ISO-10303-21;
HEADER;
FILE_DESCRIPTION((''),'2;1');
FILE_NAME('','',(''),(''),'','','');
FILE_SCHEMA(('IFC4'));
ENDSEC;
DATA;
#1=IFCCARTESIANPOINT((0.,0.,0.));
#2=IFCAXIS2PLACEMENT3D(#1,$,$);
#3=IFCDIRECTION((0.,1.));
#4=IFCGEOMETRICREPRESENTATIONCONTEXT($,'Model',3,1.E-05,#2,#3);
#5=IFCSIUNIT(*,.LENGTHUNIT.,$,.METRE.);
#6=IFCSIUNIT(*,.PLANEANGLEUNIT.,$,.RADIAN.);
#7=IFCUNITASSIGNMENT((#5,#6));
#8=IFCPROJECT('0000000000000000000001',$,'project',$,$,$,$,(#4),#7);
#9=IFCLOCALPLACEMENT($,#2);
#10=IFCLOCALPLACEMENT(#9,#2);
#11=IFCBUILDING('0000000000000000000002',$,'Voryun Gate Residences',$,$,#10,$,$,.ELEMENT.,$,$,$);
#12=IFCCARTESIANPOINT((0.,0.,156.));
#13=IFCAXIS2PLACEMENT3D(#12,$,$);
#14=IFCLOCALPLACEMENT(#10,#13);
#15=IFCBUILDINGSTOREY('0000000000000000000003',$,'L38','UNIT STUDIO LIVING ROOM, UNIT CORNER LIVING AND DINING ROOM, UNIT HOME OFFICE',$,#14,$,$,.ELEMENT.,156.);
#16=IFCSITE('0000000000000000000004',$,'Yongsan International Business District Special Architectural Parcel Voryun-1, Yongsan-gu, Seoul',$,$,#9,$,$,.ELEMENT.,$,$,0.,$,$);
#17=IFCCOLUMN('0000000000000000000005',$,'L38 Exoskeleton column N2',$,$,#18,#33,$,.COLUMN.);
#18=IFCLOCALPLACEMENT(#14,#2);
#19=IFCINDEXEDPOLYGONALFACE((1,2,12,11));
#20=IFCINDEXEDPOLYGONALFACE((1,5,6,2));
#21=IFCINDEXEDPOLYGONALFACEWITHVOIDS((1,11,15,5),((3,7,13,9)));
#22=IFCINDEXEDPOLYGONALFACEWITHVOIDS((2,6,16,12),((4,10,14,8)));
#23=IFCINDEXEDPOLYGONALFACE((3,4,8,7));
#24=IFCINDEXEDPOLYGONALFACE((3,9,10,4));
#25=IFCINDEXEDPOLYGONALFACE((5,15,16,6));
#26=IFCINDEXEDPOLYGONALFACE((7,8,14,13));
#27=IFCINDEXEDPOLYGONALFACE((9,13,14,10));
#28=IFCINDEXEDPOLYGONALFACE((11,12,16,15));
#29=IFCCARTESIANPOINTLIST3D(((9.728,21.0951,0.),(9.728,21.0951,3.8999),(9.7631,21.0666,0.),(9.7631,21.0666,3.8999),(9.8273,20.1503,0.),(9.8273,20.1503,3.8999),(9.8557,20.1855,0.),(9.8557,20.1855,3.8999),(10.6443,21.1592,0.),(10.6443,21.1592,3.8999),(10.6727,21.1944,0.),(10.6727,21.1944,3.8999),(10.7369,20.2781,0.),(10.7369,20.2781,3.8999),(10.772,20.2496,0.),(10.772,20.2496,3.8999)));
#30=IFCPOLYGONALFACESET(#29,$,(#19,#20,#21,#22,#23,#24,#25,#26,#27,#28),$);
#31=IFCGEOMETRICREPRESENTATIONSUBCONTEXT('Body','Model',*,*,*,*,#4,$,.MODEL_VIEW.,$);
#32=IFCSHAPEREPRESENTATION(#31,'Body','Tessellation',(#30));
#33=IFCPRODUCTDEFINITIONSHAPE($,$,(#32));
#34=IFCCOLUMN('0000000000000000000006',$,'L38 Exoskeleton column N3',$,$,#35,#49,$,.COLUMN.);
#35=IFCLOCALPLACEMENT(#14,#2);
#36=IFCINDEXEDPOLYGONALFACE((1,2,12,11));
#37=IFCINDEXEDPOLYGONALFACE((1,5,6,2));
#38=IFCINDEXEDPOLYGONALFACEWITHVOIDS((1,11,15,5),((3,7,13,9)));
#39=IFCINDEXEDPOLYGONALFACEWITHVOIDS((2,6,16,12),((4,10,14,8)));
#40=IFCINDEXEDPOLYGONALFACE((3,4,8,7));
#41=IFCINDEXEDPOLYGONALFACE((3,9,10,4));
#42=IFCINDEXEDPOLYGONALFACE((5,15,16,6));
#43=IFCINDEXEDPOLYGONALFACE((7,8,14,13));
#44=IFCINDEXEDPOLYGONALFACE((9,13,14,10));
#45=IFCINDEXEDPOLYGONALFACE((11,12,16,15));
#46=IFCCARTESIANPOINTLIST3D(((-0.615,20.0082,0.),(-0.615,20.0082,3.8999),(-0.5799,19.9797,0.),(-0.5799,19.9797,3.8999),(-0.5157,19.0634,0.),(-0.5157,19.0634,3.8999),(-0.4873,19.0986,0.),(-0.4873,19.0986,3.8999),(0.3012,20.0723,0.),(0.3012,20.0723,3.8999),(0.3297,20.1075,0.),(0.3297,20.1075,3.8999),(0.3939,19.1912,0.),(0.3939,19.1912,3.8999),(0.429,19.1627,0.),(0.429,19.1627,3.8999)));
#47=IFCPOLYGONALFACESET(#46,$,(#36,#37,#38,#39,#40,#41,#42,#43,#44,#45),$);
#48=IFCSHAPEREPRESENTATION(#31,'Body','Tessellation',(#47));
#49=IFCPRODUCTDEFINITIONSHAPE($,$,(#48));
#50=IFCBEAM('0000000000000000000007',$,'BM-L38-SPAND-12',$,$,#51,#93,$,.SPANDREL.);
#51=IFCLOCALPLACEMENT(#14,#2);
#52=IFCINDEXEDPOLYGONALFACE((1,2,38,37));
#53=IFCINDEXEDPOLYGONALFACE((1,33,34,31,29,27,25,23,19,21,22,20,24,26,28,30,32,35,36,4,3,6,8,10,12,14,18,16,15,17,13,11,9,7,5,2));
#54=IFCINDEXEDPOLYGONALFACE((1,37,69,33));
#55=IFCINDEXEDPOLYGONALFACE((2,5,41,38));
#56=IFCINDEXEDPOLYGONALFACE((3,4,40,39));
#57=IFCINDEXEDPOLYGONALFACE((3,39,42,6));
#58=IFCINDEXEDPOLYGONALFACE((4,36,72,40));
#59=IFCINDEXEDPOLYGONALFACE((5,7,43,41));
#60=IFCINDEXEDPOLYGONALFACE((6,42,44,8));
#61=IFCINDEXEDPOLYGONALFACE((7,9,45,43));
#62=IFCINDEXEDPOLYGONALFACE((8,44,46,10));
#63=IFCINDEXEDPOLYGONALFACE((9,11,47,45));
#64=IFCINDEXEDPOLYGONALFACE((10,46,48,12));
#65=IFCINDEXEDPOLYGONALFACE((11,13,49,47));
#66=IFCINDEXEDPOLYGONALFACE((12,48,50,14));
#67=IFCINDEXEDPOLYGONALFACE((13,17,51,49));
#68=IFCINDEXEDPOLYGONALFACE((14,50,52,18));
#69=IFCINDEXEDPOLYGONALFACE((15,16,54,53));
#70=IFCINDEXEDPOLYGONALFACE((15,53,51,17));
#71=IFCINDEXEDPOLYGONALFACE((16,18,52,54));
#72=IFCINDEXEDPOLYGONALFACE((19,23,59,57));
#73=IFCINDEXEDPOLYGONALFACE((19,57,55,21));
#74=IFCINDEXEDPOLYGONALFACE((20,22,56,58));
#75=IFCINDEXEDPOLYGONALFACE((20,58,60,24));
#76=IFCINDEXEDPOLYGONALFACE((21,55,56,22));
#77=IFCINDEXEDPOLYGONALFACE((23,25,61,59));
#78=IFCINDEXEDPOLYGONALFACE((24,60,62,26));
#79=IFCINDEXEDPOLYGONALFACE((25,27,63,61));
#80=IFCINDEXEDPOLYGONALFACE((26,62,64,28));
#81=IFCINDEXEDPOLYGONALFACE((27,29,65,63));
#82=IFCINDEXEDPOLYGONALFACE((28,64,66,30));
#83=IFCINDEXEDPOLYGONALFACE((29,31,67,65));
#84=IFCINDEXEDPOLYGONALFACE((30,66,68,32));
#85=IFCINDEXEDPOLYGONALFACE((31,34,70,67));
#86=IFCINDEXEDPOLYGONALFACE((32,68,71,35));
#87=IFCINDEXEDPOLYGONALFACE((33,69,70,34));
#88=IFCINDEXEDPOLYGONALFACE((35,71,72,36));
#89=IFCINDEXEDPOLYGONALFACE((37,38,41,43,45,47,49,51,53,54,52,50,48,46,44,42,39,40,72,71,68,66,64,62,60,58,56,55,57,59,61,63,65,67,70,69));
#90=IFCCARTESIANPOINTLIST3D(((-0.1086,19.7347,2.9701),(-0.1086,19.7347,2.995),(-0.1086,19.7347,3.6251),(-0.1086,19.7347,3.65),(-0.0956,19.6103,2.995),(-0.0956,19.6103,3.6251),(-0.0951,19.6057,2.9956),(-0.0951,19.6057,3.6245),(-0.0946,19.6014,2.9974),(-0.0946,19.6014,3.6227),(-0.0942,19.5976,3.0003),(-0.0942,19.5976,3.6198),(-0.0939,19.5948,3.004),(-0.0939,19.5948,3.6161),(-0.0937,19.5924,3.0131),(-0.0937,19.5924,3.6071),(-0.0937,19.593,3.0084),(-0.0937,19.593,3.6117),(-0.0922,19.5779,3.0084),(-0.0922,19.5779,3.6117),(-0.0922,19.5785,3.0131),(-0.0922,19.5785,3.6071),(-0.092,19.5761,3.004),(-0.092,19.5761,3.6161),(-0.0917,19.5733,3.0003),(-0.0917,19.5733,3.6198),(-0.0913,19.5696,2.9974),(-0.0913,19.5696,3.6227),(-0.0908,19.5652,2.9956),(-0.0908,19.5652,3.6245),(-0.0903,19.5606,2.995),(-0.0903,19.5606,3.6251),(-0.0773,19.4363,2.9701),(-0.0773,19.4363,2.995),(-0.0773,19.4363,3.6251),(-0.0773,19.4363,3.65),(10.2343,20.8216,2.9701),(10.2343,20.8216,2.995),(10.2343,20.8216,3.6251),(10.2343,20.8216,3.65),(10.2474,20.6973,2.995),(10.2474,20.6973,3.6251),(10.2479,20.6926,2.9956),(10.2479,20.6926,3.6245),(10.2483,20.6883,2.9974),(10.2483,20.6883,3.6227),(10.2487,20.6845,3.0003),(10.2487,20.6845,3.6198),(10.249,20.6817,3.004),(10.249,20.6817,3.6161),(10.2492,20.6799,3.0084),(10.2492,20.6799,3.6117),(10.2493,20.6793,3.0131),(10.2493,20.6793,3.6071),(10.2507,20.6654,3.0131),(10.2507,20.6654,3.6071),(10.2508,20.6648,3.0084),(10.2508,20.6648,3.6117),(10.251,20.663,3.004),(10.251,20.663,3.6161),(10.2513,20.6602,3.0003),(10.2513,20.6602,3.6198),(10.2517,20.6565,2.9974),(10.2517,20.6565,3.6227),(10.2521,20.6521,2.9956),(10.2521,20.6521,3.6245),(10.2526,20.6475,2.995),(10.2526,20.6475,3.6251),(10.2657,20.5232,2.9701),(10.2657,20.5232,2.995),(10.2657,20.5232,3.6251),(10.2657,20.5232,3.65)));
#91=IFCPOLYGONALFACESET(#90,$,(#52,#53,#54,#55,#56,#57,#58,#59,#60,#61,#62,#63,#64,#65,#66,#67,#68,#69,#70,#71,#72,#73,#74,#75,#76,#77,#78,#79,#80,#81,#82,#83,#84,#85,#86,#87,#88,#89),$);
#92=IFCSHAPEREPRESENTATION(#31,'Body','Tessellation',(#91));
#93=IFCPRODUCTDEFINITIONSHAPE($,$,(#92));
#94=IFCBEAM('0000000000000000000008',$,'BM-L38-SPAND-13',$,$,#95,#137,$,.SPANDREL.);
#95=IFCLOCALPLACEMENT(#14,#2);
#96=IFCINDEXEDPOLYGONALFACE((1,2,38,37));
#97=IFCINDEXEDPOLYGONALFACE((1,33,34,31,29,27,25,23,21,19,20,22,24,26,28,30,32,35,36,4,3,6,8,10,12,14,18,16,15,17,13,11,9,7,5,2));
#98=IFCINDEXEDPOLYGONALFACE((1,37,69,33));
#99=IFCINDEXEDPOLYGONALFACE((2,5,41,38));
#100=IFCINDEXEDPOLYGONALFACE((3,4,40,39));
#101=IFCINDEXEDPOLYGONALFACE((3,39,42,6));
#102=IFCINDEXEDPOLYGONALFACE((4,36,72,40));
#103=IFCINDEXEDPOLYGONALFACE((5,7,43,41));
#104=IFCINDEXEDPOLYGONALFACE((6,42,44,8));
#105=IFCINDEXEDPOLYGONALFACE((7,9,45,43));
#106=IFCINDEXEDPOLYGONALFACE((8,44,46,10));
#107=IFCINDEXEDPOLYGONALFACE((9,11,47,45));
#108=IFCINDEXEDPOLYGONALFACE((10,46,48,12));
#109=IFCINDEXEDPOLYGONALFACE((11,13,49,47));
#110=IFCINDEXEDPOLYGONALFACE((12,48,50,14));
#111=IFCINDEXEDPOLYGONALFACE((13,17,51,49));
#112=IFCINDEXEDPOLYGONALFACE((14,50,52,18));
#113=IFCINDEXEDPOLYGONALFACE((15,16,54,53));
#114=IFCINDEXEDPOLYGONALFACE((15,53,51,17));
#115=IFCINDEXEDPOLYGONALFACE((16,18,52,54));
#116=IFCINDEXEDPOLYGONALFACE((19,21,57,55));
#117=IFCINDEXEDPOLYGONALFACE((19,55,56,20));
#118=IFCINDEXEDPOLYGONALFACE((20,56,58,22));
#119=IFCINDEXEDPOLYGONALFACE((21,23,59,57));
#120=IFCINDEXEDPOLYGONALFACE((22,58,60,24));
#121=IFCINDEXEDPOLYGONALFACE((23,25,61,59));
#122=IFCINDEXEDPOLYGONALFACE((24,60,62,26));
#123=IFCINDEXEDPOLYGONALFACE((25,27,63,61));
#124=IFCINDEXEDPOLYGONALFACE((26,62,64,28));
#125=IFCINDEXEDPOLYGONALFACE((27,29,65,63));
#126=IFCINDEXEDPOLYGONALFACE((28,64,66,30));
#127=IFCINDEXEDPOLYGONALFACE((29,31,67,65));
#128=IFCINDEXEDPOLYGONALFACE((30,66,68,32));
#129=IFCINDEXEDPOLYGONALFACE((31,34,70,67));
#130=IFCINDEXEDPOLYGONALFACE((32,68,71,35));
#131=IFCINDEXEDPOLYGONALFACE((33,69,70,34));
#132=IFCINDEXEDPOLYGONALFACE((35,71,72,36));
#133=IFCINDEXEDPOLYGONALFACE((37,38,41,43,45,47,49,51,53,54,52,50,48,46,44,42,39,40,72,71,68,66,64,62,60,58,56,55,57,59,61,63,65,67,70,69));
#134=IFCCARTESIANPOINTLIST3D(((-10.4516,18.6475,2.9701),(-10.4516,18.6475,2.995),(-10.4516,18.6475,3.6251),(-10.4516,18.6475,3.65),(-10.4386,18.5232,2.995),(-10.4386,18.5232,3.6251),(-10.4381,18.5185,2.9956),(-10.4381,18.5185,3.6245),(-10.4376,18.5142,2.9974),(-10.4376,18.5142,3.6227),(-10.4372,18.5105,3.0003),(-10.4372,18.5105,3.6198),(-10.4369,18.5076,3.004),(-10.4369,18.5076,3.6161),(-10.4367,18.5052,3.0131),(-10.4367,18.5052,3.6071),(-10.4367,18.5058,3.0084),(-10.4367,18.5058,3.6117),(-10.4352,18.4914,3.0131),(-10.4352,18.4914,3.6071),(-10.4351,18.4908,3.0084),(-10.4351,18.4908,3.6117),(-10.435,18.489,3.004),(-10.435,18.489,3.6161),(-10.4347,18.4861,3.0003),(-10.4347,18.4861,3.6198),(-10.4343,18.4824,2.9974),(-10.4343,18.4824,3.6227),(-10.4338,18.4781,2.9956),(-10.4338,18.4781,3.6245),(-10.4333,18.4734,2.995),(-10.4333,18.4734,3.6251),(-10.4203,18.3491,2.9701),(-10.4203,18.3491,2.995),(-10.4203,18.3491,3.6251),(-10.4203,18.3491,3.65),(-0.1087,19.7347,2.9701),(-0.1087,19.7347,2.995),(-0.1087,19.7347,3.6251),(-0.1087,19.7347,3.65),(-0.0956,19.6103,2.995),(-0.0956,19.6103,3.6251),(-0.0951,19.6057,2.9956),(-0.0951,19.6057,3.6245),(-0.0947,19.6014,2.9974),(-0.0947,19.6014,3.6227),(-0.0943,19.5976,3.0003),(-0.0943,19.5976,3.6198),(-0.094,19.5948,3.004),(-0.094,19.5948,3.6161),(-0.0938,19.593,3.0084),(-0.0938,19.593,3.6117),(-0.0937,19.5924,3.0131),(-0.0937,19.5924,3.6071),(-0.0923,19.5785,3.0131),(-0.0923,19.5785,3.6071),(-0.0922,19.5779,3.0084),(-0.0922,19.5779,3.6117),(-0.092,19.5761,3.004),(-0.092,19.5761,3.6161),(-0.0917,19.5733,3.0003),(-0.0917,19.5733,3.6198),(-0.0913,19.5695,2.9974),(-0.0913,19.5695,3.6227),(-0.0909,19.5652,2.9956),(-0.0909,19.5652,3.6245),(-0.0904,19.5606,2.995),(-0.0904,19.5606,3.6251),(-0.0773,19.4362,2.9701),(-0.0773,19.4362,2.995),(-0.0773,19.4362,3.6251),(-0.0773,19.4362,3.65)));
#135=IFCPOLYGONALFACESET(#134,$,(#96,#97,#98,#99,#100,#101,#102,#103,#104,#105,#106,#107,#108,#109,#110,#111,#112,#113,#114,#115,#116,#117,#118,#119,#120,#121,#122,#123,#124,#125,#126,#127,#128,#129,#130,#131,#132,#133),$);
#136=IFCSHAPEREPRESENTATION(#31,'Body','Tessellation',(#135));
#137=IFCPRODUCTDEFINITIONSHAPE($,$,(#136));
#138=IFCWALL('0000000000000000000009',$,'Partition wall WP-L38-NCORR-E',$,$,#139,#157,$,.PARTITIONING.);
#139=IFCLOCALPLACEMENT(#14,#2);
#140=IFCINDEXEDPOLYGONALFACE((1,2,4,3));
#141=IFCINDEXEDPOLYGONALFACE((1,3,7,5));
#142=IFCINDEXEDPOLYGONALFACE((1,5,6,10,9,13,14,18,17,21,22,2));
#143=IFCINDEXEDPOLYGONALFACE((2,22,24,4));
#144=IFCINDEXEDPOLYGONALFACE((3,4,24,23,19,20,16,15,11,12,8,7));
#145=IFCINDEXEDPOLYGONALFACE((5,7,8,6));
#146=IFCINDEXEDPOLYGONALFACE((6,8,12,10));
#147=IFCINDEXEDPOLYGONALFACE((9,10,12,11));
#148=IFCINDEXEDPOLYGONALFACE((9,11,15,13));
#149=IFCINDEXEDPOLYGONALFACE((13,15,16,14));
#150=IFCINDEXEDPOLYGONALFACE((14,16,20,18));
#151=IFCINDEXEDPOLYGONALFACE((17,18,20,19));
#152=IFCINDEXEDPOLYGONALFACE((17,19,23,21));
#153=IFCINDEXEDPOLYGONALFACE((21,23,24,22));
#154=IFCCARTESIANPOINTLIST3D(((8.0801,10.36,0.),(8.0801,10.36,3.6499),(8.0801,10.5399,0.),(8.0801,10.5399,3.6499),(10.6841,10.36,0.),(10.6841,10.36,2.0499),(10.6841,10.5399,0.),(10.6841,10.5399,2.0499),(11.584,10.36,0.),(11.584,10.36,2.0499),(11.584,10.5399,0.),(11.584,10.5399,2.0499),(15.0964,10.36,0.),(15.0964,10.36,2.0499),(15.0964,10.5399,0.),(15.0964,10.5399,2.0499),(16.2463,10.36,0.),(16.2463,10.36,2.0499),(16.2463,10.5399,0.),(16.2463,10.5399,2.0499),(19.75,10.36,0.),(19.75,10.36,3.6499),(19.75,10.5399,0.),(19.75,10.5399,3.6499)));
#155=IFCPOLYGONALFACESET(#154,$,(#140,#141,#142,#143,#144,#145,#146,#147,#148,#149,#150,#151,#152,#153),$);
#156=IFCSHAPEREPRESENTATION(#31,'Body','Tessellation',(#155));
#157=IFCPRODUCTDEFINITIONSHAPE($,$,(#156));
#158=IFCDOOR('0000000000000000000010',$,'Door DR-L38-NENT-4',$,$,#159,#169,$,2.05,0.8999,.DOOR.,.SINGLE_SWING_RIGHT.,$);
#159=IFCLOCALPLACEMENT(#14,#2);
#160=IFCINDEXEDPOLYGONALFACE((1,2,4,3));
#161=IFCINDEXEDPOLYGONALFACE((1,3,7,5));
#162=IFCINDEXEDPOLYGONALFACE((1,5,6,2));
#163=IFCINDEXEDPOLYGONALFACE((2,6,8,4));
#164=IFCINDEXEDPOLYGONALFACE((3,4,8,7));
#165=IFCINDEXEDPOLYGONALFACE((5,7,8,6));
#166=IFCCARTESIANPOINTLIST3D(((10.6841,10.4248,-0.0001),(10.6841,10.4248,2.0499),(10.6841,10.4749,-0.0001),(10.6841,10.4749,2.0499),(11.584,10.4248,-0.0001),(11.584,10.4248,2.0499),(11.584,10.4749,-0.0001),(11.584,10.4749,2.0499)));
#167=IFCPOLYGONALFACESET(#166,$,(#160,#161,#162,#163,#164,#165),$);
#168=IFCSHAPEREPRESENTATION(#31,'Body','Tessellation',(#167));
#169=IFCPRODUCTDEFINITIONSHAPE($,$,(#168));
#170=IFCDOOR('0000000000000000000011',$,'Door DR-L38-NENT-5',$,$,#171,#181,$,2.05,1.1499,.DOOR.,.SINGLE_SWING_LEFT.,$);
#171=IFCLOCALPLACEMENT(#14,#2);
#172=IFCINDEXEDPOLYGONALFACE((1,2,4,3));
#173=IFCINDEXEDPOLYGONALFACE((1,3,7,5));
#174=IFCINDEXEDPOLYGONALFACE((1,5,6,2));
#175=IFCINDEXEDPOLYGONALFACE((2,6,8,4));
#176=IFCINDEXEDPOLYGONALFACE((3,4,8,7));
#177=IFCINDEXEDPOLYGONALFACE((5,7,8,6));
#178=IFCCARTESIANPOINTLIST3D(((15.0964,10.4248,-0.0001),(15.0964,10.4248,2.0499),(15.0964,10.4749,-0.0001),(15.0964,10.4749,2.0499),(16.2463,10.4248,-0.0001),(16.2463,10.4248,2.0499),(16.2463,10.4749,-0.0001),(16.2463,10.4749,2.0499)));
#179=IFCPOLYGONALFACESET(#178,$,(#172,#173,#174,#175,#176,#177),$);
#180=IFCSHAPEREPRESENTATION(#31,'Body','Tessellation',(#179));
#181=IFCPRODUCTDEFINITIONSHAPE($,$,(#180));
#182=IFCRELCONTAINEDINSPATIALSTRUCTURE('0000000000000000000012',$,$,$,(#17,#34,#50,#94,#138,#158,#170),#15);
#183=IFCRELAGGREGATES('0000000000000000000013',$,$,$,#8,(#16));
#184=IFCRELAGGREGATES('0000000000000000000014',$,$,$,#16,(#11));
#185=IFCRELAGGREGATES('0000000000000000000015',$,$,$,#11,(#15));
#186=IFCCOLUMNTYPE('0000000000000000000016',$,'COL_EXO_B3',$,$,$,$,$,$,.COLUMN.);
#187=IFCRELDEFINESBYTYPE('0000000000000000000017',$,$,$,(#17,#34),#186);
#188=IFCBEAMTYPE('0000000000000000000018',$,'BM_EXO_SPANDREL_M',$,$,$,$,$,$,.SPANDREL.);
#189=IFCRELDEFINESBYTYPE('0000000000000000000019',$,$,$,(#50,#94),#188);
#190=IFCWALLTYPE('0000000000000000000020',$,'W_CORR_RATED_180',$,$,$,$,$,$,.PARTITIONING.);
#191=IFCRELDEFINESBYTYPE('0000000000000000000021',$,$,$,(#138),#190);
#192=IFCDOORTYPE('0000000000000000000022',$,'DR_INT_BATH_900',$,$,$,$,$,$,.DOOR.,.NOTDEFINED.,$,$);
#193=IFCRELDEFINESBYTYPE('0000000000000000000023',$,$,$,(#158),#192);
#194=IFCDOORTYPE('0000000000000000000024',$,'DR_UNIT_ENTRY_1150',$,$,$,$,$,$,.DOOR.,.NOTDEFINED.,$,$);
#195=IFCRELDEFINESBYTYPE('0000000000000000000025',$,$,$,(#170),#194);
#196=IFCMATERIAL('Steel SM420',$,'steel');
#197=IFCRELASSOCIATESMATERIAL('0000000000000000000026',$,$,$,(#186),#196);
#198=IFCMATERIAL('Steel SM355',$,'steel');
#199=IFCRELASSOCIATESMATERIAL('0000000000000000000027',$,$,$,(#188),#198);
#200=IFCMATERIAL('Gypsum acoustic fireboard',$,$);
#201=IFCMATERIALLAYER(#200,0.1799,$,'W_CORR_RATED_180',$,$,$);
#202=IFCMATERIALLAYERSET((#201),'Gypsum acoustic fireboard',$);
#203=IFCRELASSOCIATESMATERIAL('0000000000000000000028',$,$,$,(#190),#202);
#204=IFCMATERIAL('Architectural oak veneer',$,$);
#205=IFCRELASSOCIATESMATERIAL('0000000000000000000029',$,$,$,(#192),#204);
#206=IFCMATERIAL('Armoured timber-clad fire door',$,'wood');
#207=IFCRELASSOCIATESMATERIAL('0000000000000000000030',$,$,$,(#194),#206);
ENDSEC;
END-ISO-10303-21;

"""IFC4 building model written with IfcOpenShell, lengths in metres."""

from ifc_helpers import new_model, si_unit, direction, frame, frame_2d, origin, origin_2d, place, context, subcontext, project, spatial, rectangle, hollow_rectangle, i_section, extrude, material, layer, layer_set, material_profile, profile_set, type_object, element, fill, save


model = new_model("IFC4")

# Units and contexts
model_context = context("Model", 3, precision=1e-05, world=origin(), true_north=direction((0.0, 1.0)))
body_context = subcontext(model_context, "Body", "Model", "MODEL_VIEW")
ifc_project = project(units=[si_unit("LENGTHUNIT", "METRE"), si_unit("PLANEANGLEUNIT", "RADIAN")], contexts=[model_context])

# Site, building, storey
site_placement = place(None, origin())
site = spatial("IfcSite", under=ifc_project, at=site_placement, Name="Yongsan International Business District Special Architectural Parcel Voryun-1, Yongsan-gu, Seoul", CompositionType="ELEMENT", RefElevation=0.0)
building_placement = place(site_placement, origin())
building = spatial("IfcBuilding", under=site, at=building_placement, Name="Voryun Gate Residences", CompositionType="ELEMENT")
storey_placement = place(building_placement, frame((0.0, 0.0, 156.0)))
storey = spatial("IfcBuildingStorey", under=building, at=storey_placement, Name="L38", Description="UNIT STUDIO LIVING ROOM, UNIT CORNER LIVING AND DINING ROOM, UNIT HOME OFFICE", CompositionType="ELEMENT", Elevation=156.0)

# Columns
ifc_material_1 = material(Name="Steel SM420", Category="steel")
ifc_material_profile_1 = material_profile(ifc_material_1, hollow_rectangle(XDim=0.95, YDim=0.95, WallThickness=0.032, at=origin_2d()), Name="BOX-950x950x32")
ifc_profile_set_1 = profile_set([ifc_material_profile_1], Name="Steel SM420")
column_type = type_object("IfcColumnType", Name="COL_EXO_B3", PredefinedType="COLUMN", material=ifc_profile_set_1)
for number, where, z_axis, x_axis, name in (
    (1, (10.25, 20.6724, 0.0), (0.0, 0.0, 1.0), (0.994522, 0.104528, 0.0), "L38 Exoskeleton column N2"),
    (2, (-0.093, 19.5854, 0.0), (0.0, 0.0, 1.0), (0.994522, 0.104528, 0.0), "L38 Exoskeleton column N3"),
):
    element("IfcColumn", number, at=place(storey_placement, frame(where, z_axis=z_axis, x_axis=x_axis)), inside=storey, type_object=column_type, Name=name, PredefinedType="COLUMN", context=body_context, shape_type="SweptSolid", body=[
        extrude(hollow_rectangle(XDim=0.95, YDim=0.95, WallThickness=0.032, at=origin_2d()), origin(), (0.0, 0.0, 1.0), 3.8999),
    ])

# Beams
ifc_material_2 = material(Name="Steel SM355", Category="steel")
ifc_material_profile_2 = material_profile(ifc_material_2, i_section(OverallWidth=0.3, OverallDepth=0.6799, WebThickness=0.0139, FlangeThickness=0.0249, FilletRadius=0.0181, at=origin_2d()), Name="H-680x300x14x25")
ifc_profile_set_2 = profile_set([ifc_material_profile_2], Name="Steel SM355")
beam_type = type_object("IfcBeamType", Name="BM_EXO_SPANDREL_M", PredefinedType="SPANDREL", material=ifc_profile_set_2)
for number, where, z_axis, x_axis, name in (
    (3, (10.25, 20.6724, 3.3101), (-0.994524, -0.104511, 0.0), (0.104511, -0.994524, 0.0), "BM-L38-SPAND-12"),
    (4, (-0.093, 19.5854, 3.3101), (-0.994521, -0.104534, 0.0), (0.104534, -0.994521, 0.0), "BM-L38-SPAND-13"),
):
    element("IfcBeam", number, at=place(storey_placement, frame(where, z_axis=z_axis, x_axis=x_axis)), inside=storey, type_object=beam_type, Name=name, PredefinedType="SPANDREL", context=body_context, shape_type="SweptSolid", body=[
        extrude(i_section(OverallWidth=0.3, OverallDepth=0.6799, WebThickness=0.0139, FlangeThickness=0.0249, FilletRadius=0.0181, at=origin_2d()), origin(), (0.0, 0.0, 1.0), 10.3999),
    ])

# Wall, openings, doors
ifc_material_3 = material(Name="Gypsum acoustic fireboard")
ifc_layer_1 = layer(ifc_material_3, 0.1799, Name="W_CORR_RATED_180")
ifc_layer_set_1 = layer_set([ifc_layer_1], Name="Gypsum acoustic fireboard")
wall_type_1 = type_object("IfcWallType", Name="W_CORR_RATED_180", PredefinedType="PARTITIONING", material=ifc_layer_set_1)
wall_1_placement = place(storey_placement, frame((8.0801, 10.45, 0.0), z_axis=(0.0, 0.0, 1.0), x_axis=(1.0, 0.0, 0.0)))
wall_1 = element("IfcWall", 5, at=wall_1_placement, inside=storey, type_object=wall_type_1, Name="Partition wall WP-L38-NCORR-E", PredefinedType="PARTITIONING", context=body_context, shape_type="SweptSolid", body=[
    extrude(rectangle(XDim=11.6699, YDim=0.1799, at=frame_2d((5.835, 0.0))), origin(), (0.0, 0.0, 1.0), 3.6499),
])
opening_1_placement = place(wall_1_placement, frame((2.604, 0.0, 0.0)))
opening_1 = element("IfcOpeningElement", 6, at=opening_1_placement, cuts=wall_1, PredefinedType="OPENING", context=body_context, shape_type="SweptSolid", body=[
    extrude(rectangle(XDim=0.8999, YDim=2.05, at=frame_2d((0.45, 1.0249))), frame((0.0, 0.0999, 0.0), z_axis=(0.0, -1.0, 0.0), x_axis=(1.0, 0.0, 0.0)), (0.0, 0.0, 1.0), 0.2),
])
opening_2_placement = place(wall_1_placement, frame((7.0164, 0.0, 0.0)))
opening_2 = element("IfcOpeningElement", 7, at=opening_2_placement, cuts=wall_1, PredefinedType="OPENING", context=body_context, shape_type="SweptSolid", body=[
    extrude(rectangle(XDim=1.1499, YDim=2.05, at=frame_2d((0.575, 1.0249))), frame((0.0, 0.0999, 0.0), z_axis=(0.0, -1.0, 0.0), x_axis=(1.0, 0.0, 0.0)), (0.0, 0.0, 1.0), 0.2),
])
ifc_material_4 = material(Name="Architectural oak veneer")
door_type_1 = type_object("IfcDoorType", Name="DR_INT_BATH_900", OperationType="NOTDEFINED", PredefinedType="DOOR", material=ifc_material_4)
door_1_placement = place(opening_1_placement, origin())
door_1 = element("IfcDoor", 8, at=door_1_placement, inside=storey, type_object=door_type_1, Name="Door DR-L38-NENT-4", OperationType="SINGLE_SWING_RIGHT", OverallHeight=2.05, OverallWidth=0.8999, PredefinedType="DOOR", context=body_context, shape_type="SweptSolid", body=[
    extrude(rectangle(XDim=0.8999, YDim=2.05, at=frame_2d((0.45, 1.0249))), frame((0.0, 0.0249, 0.0), z_axis=(0.0, -1.0, 0.0), x_axis=(1.0, 0.0, 0.0)), (0.0, 0.0, 1.0), 0.05),
])
fill(opening_1, door_1)
ifc_material_5 = material(Name="Armoured timber-clad fire door", Category="wood")
door_type_2 = type_object("IfcDoorType", Name="DR_UNIT_ENTRY_1150", OperationType="NOTDEFINED", PredefinedType="DOOR", material=ifc_material_5)
door_2_placement = place(opening_2_placement, origin())
door_2 = element("IfcDoor", 9, at=door_2_placement, inside=storey, type_object=door_type_2, Name="Door DR-L38-NENT-5", OperationType="SINGLE_SWING_LEFT", OverallHeight=2.05, OverallWidth=1.1499, PredefinedType="DOOR", context=body_context, shape_type="SweptSolid", body=[
    extrude(rectangle(XDim=1.1499, YDim=2.05, at=frame_2d((0.575, 1.0249))), frame((0.0, 0.0249, 0.0), z_axis=(0.0, -1.0, 0.0), x_axis=(1.0, 0.0, 0.0)), (0.0, 0.0, 1.0), 0.05),
])
fill(opening_2, door_2)

save(model, "model.ifc")
